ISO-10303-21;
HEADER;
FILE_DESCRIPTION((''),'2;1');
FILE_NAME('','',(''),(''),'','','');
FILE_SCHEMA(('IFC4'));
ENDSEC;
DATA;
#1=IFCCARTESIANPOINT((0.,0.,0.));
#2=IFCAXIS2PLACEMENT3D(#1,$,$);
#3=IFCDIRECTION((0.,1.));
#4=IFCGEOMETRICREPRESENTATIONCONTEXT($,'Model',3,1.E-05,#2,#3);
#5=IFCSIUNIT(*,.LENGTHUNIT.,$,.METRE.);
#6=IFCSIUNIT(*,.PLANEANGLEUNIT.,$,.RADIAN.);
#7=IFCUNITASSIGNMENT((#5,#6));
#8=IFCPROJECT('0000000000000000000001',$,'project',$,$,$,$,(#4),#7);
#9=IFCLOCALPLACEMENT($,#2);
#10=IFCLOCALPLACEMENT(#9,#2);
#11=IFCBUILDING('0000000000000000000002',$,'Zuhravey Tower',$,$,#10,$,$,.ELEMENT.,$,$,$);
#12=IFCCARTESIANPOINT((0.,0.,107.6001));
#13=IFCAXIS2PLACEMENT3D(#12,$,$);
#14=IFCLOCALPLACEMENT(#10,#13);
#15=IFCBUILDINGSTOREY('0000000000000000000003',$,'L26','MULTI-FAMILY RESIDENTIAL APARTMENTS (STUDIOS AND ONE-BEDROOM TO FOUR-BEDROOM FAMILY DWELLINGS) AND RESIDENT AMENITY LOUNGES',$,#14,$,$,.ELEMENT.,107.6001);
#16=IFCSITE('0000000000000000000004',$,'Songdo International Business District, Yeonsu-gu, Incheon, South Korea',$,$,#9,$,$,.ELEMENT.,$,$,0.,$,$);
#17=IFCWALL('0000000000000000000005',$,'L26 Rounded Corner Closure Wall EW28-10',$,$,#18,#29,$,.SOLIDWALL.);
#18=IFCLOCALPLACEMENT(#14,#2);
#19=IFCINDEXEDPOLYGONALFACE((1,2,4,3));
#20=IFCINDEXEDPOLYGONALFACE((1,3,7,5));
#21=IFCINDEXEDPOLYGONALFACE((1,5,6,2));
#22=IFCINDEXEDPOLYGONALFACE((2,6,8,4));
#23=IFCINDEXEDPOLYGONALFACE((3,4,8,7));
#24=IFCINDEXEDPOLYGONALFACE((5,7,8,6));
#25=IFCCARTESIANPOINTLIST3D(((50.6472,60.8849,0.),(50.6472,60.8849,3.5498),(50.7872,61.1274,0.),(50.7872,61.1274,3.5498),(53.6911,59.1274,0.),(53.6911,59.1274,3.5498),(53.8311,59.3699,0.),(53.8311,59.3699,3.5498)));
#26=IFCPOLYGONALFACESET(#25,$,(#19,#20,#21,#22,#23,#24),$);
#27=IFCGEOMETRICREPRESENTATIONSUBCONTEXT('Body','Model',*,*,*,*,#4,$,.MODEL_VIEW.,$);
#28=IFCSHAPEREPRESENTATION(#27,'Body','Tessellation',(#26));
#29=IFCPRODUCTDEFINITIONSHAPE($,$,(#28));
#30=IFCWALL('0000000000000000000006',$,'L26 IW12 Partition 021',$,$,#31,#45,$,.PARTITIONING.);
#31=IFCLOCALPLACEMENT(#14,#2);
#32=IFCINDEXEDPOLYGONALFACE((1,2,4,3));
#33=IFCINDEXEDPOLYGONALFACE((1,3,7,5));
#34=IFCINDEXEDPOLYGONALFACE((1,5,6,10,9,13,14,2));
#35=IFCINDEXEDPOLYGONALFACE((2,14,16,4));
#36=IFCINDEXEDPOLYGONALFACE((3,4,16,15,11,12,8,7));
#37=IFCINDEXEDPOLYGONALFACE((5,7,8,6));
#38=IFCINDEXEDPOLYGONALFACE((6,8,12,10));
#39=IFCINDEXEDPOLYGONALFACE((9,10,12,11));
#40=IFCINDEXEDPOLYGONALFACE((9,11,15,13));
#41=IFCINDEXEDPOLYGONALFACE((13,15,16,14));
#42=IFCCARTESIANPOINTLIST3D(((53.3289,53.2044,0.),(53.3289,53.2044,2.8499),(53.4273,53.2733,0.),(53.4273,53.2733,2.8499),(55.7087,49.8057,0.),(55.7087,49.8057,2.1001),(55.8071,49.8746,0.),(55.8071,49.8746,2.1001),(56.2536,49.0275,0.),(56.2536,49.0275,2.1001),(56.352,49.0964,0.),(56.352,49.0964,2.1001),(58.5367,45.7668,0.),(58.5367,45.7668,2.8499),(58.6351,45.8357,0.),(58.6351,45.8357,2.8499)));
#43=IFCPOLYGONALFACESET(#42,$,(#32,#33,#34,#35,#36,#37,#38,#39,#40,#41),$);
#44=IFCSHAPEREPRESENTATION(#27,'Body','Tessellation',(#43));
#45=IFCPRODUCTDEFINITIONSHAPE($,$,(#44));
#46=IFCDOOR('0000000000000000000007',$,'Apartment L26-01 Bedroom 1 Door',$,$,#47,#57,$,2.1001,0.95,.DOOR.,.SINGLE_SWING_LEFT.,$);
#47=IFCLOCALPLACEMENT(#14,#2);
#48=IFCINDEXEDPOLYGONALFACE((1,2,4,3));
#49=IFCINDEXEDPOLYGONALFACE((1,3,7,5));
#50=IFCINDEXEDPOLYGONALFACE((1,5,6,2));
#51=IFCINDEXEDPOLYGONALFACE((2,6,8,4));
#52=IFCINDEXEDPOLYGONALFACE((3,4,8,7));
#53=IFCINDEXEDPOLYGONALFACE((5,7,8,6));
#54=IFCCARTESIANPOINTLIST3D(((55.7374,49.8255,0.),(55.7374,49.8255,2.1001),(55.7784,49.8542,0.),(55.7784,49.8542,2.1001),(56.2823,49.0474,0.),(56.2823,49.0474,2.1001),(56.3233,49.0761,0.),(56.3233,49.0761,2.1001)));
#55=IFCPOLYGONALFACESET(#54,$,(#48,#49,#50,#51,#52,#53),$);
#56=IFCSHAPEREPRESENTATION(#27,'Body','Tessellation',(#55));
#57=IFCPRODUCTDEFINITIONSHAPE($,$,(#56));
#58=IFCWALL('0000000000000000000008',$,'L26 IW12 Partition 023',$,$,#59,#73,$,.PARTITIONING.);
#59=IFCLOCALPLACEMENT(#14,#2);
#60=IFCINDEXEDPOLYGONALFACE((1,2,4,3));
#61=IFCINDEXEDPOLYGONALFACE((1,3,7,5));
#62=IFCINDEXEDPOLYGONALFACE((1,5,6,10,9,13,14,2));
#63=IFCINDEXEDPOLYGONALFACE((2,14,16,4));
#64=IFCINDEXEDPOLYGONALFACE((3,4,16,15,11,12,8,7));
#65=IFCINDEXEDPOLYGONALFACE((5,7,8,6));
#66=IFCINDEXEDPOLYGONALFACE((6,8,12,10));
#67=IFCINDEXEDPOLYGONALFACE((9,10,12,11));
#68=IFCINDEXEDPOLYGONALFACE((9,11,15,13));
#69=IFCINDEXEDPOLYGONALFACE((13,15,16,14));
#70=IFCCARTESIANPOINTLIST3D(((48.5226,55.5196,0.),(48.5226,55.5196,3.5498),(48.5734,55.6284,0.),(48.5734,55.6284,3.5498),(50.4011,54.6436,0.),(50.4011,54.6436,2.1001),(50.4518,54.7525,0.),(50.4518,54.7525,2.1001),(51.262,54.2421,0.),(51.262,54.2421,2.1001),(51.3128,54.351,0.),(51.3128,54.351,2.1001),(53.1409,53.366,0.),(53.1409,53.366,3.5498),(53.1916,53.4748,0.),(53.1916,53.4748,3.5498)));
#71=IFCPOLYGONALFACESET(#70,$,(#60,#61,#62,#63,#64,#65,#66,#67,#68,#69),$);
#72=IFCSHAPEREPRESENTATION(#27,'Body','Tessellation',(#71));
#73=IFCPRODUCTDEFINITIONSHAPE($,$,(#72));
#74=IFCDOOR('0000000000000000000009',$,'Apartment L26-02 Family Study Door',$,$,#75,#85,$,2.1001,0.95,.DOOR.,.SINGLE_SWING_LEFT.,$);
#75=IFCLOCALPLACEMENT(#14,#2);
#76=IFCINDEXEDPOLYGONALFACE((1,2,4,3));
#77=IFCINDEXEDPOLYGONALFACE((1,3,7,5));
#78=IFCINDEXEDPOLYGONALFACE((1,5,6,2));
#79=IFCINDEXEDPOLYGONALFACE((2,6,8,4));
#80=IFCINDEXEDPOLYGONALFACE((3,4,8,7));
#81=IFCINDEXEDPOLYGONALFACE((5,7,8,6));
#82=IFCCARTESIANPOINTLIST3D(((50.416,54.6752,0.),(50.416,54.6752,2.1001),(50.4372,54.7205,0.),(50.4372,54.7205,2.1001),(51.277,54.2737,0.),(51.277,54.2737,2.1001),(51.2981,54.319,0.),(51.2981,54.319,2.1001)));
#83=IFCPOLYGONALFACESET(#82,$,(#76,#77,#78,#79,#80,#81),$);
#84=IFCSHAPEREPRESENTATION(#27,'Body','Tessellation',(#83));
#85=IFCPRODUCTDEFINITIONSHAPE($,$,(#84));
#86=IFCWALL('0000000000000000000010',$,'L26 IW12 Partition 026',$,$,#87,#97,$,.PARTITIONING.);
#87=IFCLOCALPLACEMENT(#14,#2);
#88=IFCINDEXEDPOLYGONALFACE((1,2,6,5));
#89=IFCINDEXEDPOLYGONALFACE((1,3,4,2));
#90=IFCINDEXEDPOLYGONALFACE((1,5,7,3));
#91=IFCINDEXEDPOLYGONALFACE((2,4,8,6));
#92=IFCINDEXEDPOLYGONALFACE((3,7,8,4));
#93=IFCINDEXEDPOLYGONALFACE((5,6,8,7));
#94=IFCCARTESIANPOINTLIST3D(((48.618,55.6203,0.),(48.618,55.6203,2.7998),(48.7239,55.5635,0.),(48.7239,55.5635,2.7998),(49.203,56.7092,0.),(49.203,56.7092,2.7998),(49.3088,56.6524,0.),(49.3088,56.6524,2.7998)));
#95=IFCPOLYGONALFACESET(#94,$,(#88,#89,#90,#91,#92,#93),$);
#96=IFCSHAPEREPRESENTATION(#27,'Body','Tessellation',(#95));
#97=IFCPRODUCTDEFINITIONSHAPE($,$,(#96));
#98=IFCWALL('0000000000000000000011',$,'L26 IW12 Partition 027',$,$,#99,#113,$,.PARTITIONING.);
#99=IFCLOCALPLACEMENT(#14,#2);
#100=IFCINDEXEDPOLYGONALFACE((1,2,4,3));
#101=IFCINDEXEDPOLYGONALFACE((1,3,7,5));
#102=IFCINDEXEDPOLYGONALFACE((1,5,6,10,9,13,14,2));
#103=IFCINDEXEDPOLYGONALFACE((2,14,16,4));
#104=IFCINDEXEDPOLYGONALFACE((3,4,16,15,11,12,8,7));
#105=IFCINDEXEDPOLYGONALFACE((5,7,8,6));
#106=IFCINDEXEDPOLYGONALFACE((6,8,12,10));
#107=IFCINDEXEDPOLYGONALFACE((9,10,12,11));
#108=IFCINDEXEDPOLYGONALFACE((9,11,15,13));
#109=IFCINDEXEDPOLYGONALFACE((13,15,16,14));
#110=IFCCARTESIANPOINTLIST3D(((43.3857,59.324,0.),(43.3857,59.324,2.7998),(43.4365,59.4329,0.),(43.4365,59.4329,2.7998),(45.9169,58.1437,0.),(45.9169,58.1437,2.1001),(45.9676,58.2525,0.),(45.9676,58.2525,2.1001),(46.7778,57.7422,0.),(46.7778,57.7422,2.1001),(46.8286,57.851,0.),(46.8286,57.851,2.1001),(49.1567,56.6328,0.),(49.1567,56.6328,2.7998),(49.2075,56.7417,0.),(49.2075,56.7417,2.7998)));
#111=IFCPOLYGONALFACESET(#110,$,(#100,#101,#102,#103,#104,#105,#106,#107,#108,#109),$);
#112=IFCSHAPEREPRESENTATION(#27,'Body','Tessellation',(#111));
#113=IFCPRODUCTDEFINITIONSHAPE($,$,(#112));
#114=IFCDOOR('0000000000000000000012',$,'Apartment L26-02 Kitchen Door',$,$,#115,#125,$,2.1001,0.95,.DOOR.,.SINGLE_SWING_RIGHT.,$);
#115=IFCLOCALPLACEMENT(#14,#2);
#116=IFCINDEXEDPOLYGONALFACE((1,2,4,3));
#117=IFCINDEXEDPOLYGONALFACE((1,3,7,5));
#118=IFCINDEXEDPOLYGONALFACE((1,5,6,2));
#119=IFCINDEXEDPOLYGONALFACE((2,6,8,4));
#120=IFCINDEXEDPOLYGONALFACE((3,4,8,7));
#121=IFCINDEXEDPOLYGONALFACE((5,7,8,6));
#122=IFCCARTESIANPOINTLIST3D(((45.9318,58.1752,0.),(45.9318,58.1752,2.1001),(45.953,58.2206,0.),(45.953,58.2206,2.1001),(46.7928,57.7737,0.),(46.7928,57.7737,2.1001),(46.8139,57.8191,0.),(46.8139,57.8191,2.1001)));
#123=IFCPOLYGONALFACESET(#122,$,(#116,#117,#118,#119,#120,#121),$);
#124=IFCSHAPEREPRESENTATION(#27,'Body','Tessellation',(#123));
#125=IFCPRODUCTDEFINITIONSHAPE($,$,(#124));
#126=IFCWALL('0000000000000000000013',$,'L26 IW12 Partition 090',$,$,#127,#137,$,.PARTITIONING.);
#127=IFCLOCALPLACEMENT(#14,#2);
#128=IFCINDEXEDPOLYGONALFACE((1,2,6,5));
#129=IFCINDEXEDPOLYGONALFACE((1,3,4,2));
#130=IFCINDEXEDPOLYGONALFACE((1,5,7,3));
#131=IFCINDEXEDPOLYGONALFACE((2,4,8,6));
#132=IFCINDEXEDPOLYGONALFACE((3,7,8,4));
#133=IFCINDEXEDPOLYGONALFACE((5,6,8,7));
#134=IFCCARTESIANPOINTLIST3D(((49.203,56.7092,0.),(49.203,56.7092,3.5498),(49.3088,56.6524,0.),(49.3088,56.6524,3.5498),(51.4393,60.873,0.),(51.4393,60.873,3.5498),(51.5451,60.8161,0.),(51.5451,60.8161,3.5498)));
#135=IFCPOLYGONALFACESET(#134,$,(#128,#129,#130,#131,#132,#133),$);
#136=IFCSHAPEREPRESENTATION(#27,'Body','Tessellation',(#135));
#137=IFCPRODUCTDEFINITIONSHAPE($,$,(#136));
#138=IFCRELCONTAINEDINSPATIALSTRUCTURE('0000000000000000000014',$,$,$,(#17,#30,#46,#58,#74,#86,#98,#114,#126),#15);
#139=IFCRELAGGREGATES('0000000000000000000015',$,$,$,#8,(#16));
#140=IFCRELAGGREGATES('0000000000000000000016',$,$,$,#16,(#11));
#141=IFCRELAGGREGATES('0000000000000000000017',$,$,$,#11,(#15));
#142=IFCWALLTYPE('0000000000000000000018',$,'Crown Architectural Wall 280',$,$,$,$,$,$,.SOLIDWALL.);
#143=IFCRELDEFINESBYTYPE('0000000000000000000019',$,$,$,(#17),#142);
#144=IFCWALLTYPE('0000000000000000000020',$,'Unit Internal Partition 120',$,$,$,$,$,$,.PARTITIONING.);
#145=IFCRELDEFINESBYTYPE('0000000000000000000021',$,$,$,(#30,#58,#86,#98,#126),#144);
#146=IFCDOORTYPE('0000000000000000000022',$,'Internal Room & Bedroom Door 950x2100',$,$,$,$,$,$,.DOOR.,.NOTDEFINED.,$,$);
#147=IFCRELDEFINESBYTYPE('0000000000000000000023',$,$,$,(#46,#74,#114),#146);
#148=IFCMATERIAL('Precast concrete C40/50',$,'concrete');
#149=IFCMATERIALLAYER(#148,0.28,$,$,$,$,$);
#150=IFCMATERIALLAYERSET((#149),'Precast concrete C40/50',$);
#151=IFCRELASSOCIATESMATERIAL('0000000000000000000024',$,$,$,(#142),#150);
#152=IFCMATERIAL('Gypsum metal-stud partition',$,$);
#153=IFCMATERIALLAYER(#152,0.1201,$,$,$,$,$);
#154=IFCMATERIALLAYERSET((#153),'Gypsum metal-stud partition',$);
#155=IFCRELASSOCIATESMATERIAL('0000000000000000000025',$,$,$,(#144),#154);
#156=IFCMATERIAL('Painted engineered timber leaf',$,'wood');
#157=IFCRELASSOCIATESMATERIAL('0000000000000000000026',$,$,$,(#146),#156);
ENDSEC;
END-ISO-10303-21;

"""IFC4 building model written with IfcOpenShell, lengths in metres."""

from ifc_helpers import new_model, si_unit, direction, frame, frame_2d, origin, place, context, subcontext, project, spatial, rectangle, extrude, material, layer, layer_set, type_object, element, fill, save


model = new_model("IFC4")

# Units and contexts
model_context = context("Model", 3, precision=1e-05, world=origin(), true_north=direction((0.0, 1.0)))
body_context = subcontext(model_context, "Body", "Model", "MODEL_VIEW")
ifc_project = project(units=[si_unit("LENGTHUNIT", "METRE"), si_unit("PLANEANGLEUNIT", "RADIAN")], contexts=[model_context])

# Site, building, storey
site_placement = place(None, origin())
site = spatial("IfcSite", under=ifc_project, at=site_placement, Name="Songdo International Business District, Yeonsu-gu, Incheon, South Korea", CompositionType="ELEMENT", RefElevation=0.0)
building_placement = place(site_placement, origin())
building = spatial("IfcBuilding", under=site, at=building_placement, Name="Zuhravey Tower", CompositionType="ELEMENT")
storey_placement = place(building_placement, frame((0.0, 0.0, 107.6001)))
storey = spatial("IfcBuildingStorey", under=building, at=storey_placement, Name="L26", Description="MULTI-FAMILY RESIDENTIAL APARTMENTS (STUDIOS AND ONE-BEDROOM TO FOUR-BEDROOM FAMILY DWELLINGS) AND RESIDENT AMENITY LOUNGES", CompositionType="ELEMENT", Elevation=107.6001)

# Wall
ifc_material_1 = material(Name="Precast concrete C40/50", Category="concrete")
ifc_layer_1 = layer(ifc_material_1, 0.28)
ifc_layer_set_1 = layer_set([ifc_layer_1], Name="Precast concrete C40/50")
wall_type_1 = type_object("IfcWallType", Name="Crown Architectural Wall 280", PredefinedType="SOLIDWALL", material=ifc_layer_set_1)
wall_1_placement = place(storey_placement, frame((50.7173, 61.0061, 0.0), z_axis=(0.0, 0.0, 1.0), x_axis=(0.866007, -0.500031, 0.0)))
element("IfcWall", 1, at=wall_1_placement, inside=storey, type_object=wall_type_1, Name="L26 Rounded Corner Closure Wall EW28-10", PredefinedType="SOLIDWALL", context=body_context, shape_type="SweptSolid", body=[
    extrude(rectangle(XDim=3.5149, YDim=0.28, at=frame_2d((1.7573, 0.0))), origin(), (0.0, 0.0, 1.0), 3.5498),
])

# Walls, openings, doors
ifc_material_2 = material(Name="Gypsum metal-stud partition")
ifc_layer_2 = layer(ifc_material_2, 0.1201)
ifc_layer_set_2 = layer_set([ifc_layer_2], Name="Gypsum metal-stud partition")
wall_type_2 = type_object("IfcWallType", Name="Unit Internal Partition 120", PredefinedType="PARTITIONING", material=ifc_layer_set_2)
wall_2_placement = place(storey_placement, frame((58.5859, 45.8013, 0.0), z_axis=(0.0, 0.0, 1.0), x_axis=(-0.573574, 0.819154, 0.0)))
wall_2 = element("IfcWall", 2, at=wall_2_placement, inside=storey, type_object=wall_type_2, Name="L26 IW12 Partition 021", PredefinedType="PARTITIONING", context=body_context, shape_type="SweptSolid", body=[
    extrude(rectangle(XDim=9.0796, YDim=0.1201, at=frame_2d((4.5398, 0.0))), origin(), (0.0, 0.0, 1.0), 2.8499),
])
opening_1_placement = place(wall_2_placement, frame((3.9805, 0.0, 0.0)))
opening_1 = element("IfcOpeningElement", 3, at=opening_1_placement, cuts=wall_2, PredefinedType="OPENING", context=body_context, shape_type="SweptSolid", body=[
    extrude(rectangle(XDim=0.95, YDim=2.1001, at=frame_2d((0.4751, 1.05))), frame((0.0, 0.072, 0.0), z_axis=(0.0, -1.0, 0.0), x_axis=(1.0, 0.0, 0.0)), (0.0, 0.0, 1.0), 0.144),
])
ifc_material_3 = material(Name="Painted engineered timber leaf", Category="wood")
door_type = type_object("IfcDoorType", Name="Internal Room & Bedroom Door 950x2100", OperationType="NOTDEFINED", PredefinedType="DOOR", material=ifc_material_3)
door_1_placement = place(opening_1_placement, frame((0.95, 0.0, 0.0), z_axis=(0.0, 0.0, 1.0), x_axis=(-1.0, 0.0, 0.0)))
door_1 = element("IfcDoor", 4, at=door_1_placement, inside=storey, type_object=door_type, Name="Apartment L26-01 Bedroom 1 Door", OperationType="SINGLE_SWING_LEFT", OverallHeight=2.1001, OverallWidth=0.95, PredefinedType="DOOR", context=body_context, shape_type="SweptSolid", body=[
    extrude(rectangle(XDim=0.95, YDim=2.1001, at=frame_2d((0.4751, 1.05))), frame((0.0, 0.0249, 0.0), z_axis=(0.0, -1.0, 0.0), x_axis=(1.0, 0.0, 0.0)), (0.0, 0.0, 1.0), 0.05),
])
fill(opening_1, door_1)
wall_3_placement = place(storey_placement, frame((53.1663, 53.4204, 0.0), z_axis=(0.0, 0.0, 1.0), x_axis=(-0.906302, 0.422631, 0.0)))
wall_3 = element("IfcWall", 5, at=wall_3_placement, inside=storey, type_object=wall_type_2, Name="L26 IW12 Partition 023", PredefinedType="PARTITIONING", context=body_context, shape_type="SweptSolid", body=[
    extrude(rectangle(XDim=5.0957, YDim=0.1201, at=frame_2d((2.5479, 0.0))), origin(), (0.0, 0.0, 1.0), 3.5498),
])
opening_2_placement = place(wall_3_placement, frame((2.073, 0.0, 0.0)))
opening_2 = element("IfcOpeningElement", 6, at=opening_2_placement, cuts=wall_3, PredefinedType="OPENING", context=body_context, shape_type="SweptSolid", body=[
    extrude(rectangle(XDim=0.95, YDim=2.1001, at=frame_2d((0.4751, 1.05))), frame((0.0, 0.072, 0.0), z_axis=(0.0, -1.0, 0.0), x_axis=(1.0, 0.0, 0.0)), (0.0, 0.0, 1.0), 0.144),
])
door_2_placement = place(opening_2_placement, frame((0.95, 0.0, 0.0), z_axis=(0.0, 0.0, 1.0), x_axis=(-1.0, 0.0, 0.0)))
door_2 = element("IfcDoor", 7, at=door_2_placement, inside=storey, type_object=door_type, Name="Apartment L26-02 Family Study Door", OperationType="SINGLE_SWING_LEFT", OverallHeight=2.1001, OverallWidth=0.95, PredefinedType="DOOR", context=body_context, shape_type="SweptSolid", body=[
    extrude(rectangle(XDim=0.95, YDim=2.1001, at=frame_2d((0.4751, 1.05))), frame((0.0, 0.0249, 0.0), z_axis=(0.0, -1.0, 0.0), x_axis=(1.0, 0.0, 0.0)), (0.0, 0.0, 1.0), 0.05),
])
fill(opening_2, door_2)

# Wall
wall_4_placement = place(storey_placement, frame((48.6709, 55.5918, 0.0), z_axis=(0.0, 0.0, 1.0), x_axis=(0.473252, 0.880927, 0.0)))
element("IfcWall", 8, at=wall_4_placement, inside=storey, type_object=wall_type_2, Name="L26 IW12 Partition 026", PredefinedType="PARTITIONING", context=body_context, shape_type="SweptSolid", body=[
    extrude(rectangle(XDim=1.2361, YDim=0.1201, at=frame_2d((0.6182, 0.0))), origin(), (0.0, 0.0, 1.0), 2.7998),
])

# Wall, opening, door
wall_5_placement = place(storey_placement, frame((49.1821, 56.6873, 0.0), z_axis=(0.0, 0.0, 1.0), x_axis=(-0.906302, 0.422631, 0.0)))
wall_5 = element("IfcWall", 9, at=wall_5_placement, inside=storey, type_object=wall_type_2, Name="L26 IW12 Partition 027", PredefinedType="PARTITIONING", context=body_context, shape_type="SweptSolid", body=[
    extrude(rectangle(XDim=6.3677, YDim=0.1201, at=frame_2d((3.1838, 0.0))), origin(), (0.0, 0.0, 1.0), 2.7998),
])
opening_3_placement = place(wall_5_placement, frame((2.6248, 0.0, 0.0)))
opening_3 = element("IfcOpeningElement", 10, at=opening_3_placement, cuts=wall_5, PredefinedType="OPENING", context=body_context, shape_type="SweptSolid", body=[
    extrude(rectangle(XDim=0.95, YDim=2.1001, at=frame_2d((0.4751, 1.05))), frame((0.0, 0.072, 0.0), z_axis=(0.0, -1.0, 0.0), x_axis=(1.0, 0.0, 0.0)), (0.0, 0.0, 1.0), 0.144),
])
door_3_placement = place(opening_3_placement, frame((0.95, 0.0, 0.0), z_axis=(0.0, 0.0, 1.0), x_axis=(-1.0, 0.0, 0.0)))
door_3 = element("IfcDoor", 11, at=door_3_placement, inside=storey, type_object=door_type, Name="Apartment L26-02 Kitchen Door", OperationType="SINGLE_SWING_RIGHT", OverallHeight=2.1001, OverallWidth=0.95, PredefinedType="DOOR", context=body_context, shape_type="SweptSolid", body=[
    extrude(rectangle(XDim=0.95, YDim=2.1001, at=frame_2d((0.4751, 1.05))), frame((0.0, 0.0249, 0.0), z_axis=(0.0, -1.0, 0.0), x_axis=(1.0, 0.0, 0.0)), (0.0, 0.0, 1.0), 0.05),
])
fill(opening_3, door_3)

# Wall
wall_6_placement = place(storey_placement, frame((49.2559, 56.6807, 0.0), z_axis=(0.0, 0.0, 1.0), x_axis=(0.47316, 0.880976, 0.0)))
element("IfcWall", 12, at=wall_6_placement, inside=storey, type_object=wall_type_2, Name="L26 IW12 Partition 090", PredefinedType="PARTITIONING", context=body_context, shape_type="SweptSolid", body=[
    extrude(rectangle(XDim=4.7263, YDim=0.1201, at=frame_2d((2.3633, 0.0))), origin(), (0.0, 0.0, 1.0), 3.5498),
])

save(model, "model.ifc")
